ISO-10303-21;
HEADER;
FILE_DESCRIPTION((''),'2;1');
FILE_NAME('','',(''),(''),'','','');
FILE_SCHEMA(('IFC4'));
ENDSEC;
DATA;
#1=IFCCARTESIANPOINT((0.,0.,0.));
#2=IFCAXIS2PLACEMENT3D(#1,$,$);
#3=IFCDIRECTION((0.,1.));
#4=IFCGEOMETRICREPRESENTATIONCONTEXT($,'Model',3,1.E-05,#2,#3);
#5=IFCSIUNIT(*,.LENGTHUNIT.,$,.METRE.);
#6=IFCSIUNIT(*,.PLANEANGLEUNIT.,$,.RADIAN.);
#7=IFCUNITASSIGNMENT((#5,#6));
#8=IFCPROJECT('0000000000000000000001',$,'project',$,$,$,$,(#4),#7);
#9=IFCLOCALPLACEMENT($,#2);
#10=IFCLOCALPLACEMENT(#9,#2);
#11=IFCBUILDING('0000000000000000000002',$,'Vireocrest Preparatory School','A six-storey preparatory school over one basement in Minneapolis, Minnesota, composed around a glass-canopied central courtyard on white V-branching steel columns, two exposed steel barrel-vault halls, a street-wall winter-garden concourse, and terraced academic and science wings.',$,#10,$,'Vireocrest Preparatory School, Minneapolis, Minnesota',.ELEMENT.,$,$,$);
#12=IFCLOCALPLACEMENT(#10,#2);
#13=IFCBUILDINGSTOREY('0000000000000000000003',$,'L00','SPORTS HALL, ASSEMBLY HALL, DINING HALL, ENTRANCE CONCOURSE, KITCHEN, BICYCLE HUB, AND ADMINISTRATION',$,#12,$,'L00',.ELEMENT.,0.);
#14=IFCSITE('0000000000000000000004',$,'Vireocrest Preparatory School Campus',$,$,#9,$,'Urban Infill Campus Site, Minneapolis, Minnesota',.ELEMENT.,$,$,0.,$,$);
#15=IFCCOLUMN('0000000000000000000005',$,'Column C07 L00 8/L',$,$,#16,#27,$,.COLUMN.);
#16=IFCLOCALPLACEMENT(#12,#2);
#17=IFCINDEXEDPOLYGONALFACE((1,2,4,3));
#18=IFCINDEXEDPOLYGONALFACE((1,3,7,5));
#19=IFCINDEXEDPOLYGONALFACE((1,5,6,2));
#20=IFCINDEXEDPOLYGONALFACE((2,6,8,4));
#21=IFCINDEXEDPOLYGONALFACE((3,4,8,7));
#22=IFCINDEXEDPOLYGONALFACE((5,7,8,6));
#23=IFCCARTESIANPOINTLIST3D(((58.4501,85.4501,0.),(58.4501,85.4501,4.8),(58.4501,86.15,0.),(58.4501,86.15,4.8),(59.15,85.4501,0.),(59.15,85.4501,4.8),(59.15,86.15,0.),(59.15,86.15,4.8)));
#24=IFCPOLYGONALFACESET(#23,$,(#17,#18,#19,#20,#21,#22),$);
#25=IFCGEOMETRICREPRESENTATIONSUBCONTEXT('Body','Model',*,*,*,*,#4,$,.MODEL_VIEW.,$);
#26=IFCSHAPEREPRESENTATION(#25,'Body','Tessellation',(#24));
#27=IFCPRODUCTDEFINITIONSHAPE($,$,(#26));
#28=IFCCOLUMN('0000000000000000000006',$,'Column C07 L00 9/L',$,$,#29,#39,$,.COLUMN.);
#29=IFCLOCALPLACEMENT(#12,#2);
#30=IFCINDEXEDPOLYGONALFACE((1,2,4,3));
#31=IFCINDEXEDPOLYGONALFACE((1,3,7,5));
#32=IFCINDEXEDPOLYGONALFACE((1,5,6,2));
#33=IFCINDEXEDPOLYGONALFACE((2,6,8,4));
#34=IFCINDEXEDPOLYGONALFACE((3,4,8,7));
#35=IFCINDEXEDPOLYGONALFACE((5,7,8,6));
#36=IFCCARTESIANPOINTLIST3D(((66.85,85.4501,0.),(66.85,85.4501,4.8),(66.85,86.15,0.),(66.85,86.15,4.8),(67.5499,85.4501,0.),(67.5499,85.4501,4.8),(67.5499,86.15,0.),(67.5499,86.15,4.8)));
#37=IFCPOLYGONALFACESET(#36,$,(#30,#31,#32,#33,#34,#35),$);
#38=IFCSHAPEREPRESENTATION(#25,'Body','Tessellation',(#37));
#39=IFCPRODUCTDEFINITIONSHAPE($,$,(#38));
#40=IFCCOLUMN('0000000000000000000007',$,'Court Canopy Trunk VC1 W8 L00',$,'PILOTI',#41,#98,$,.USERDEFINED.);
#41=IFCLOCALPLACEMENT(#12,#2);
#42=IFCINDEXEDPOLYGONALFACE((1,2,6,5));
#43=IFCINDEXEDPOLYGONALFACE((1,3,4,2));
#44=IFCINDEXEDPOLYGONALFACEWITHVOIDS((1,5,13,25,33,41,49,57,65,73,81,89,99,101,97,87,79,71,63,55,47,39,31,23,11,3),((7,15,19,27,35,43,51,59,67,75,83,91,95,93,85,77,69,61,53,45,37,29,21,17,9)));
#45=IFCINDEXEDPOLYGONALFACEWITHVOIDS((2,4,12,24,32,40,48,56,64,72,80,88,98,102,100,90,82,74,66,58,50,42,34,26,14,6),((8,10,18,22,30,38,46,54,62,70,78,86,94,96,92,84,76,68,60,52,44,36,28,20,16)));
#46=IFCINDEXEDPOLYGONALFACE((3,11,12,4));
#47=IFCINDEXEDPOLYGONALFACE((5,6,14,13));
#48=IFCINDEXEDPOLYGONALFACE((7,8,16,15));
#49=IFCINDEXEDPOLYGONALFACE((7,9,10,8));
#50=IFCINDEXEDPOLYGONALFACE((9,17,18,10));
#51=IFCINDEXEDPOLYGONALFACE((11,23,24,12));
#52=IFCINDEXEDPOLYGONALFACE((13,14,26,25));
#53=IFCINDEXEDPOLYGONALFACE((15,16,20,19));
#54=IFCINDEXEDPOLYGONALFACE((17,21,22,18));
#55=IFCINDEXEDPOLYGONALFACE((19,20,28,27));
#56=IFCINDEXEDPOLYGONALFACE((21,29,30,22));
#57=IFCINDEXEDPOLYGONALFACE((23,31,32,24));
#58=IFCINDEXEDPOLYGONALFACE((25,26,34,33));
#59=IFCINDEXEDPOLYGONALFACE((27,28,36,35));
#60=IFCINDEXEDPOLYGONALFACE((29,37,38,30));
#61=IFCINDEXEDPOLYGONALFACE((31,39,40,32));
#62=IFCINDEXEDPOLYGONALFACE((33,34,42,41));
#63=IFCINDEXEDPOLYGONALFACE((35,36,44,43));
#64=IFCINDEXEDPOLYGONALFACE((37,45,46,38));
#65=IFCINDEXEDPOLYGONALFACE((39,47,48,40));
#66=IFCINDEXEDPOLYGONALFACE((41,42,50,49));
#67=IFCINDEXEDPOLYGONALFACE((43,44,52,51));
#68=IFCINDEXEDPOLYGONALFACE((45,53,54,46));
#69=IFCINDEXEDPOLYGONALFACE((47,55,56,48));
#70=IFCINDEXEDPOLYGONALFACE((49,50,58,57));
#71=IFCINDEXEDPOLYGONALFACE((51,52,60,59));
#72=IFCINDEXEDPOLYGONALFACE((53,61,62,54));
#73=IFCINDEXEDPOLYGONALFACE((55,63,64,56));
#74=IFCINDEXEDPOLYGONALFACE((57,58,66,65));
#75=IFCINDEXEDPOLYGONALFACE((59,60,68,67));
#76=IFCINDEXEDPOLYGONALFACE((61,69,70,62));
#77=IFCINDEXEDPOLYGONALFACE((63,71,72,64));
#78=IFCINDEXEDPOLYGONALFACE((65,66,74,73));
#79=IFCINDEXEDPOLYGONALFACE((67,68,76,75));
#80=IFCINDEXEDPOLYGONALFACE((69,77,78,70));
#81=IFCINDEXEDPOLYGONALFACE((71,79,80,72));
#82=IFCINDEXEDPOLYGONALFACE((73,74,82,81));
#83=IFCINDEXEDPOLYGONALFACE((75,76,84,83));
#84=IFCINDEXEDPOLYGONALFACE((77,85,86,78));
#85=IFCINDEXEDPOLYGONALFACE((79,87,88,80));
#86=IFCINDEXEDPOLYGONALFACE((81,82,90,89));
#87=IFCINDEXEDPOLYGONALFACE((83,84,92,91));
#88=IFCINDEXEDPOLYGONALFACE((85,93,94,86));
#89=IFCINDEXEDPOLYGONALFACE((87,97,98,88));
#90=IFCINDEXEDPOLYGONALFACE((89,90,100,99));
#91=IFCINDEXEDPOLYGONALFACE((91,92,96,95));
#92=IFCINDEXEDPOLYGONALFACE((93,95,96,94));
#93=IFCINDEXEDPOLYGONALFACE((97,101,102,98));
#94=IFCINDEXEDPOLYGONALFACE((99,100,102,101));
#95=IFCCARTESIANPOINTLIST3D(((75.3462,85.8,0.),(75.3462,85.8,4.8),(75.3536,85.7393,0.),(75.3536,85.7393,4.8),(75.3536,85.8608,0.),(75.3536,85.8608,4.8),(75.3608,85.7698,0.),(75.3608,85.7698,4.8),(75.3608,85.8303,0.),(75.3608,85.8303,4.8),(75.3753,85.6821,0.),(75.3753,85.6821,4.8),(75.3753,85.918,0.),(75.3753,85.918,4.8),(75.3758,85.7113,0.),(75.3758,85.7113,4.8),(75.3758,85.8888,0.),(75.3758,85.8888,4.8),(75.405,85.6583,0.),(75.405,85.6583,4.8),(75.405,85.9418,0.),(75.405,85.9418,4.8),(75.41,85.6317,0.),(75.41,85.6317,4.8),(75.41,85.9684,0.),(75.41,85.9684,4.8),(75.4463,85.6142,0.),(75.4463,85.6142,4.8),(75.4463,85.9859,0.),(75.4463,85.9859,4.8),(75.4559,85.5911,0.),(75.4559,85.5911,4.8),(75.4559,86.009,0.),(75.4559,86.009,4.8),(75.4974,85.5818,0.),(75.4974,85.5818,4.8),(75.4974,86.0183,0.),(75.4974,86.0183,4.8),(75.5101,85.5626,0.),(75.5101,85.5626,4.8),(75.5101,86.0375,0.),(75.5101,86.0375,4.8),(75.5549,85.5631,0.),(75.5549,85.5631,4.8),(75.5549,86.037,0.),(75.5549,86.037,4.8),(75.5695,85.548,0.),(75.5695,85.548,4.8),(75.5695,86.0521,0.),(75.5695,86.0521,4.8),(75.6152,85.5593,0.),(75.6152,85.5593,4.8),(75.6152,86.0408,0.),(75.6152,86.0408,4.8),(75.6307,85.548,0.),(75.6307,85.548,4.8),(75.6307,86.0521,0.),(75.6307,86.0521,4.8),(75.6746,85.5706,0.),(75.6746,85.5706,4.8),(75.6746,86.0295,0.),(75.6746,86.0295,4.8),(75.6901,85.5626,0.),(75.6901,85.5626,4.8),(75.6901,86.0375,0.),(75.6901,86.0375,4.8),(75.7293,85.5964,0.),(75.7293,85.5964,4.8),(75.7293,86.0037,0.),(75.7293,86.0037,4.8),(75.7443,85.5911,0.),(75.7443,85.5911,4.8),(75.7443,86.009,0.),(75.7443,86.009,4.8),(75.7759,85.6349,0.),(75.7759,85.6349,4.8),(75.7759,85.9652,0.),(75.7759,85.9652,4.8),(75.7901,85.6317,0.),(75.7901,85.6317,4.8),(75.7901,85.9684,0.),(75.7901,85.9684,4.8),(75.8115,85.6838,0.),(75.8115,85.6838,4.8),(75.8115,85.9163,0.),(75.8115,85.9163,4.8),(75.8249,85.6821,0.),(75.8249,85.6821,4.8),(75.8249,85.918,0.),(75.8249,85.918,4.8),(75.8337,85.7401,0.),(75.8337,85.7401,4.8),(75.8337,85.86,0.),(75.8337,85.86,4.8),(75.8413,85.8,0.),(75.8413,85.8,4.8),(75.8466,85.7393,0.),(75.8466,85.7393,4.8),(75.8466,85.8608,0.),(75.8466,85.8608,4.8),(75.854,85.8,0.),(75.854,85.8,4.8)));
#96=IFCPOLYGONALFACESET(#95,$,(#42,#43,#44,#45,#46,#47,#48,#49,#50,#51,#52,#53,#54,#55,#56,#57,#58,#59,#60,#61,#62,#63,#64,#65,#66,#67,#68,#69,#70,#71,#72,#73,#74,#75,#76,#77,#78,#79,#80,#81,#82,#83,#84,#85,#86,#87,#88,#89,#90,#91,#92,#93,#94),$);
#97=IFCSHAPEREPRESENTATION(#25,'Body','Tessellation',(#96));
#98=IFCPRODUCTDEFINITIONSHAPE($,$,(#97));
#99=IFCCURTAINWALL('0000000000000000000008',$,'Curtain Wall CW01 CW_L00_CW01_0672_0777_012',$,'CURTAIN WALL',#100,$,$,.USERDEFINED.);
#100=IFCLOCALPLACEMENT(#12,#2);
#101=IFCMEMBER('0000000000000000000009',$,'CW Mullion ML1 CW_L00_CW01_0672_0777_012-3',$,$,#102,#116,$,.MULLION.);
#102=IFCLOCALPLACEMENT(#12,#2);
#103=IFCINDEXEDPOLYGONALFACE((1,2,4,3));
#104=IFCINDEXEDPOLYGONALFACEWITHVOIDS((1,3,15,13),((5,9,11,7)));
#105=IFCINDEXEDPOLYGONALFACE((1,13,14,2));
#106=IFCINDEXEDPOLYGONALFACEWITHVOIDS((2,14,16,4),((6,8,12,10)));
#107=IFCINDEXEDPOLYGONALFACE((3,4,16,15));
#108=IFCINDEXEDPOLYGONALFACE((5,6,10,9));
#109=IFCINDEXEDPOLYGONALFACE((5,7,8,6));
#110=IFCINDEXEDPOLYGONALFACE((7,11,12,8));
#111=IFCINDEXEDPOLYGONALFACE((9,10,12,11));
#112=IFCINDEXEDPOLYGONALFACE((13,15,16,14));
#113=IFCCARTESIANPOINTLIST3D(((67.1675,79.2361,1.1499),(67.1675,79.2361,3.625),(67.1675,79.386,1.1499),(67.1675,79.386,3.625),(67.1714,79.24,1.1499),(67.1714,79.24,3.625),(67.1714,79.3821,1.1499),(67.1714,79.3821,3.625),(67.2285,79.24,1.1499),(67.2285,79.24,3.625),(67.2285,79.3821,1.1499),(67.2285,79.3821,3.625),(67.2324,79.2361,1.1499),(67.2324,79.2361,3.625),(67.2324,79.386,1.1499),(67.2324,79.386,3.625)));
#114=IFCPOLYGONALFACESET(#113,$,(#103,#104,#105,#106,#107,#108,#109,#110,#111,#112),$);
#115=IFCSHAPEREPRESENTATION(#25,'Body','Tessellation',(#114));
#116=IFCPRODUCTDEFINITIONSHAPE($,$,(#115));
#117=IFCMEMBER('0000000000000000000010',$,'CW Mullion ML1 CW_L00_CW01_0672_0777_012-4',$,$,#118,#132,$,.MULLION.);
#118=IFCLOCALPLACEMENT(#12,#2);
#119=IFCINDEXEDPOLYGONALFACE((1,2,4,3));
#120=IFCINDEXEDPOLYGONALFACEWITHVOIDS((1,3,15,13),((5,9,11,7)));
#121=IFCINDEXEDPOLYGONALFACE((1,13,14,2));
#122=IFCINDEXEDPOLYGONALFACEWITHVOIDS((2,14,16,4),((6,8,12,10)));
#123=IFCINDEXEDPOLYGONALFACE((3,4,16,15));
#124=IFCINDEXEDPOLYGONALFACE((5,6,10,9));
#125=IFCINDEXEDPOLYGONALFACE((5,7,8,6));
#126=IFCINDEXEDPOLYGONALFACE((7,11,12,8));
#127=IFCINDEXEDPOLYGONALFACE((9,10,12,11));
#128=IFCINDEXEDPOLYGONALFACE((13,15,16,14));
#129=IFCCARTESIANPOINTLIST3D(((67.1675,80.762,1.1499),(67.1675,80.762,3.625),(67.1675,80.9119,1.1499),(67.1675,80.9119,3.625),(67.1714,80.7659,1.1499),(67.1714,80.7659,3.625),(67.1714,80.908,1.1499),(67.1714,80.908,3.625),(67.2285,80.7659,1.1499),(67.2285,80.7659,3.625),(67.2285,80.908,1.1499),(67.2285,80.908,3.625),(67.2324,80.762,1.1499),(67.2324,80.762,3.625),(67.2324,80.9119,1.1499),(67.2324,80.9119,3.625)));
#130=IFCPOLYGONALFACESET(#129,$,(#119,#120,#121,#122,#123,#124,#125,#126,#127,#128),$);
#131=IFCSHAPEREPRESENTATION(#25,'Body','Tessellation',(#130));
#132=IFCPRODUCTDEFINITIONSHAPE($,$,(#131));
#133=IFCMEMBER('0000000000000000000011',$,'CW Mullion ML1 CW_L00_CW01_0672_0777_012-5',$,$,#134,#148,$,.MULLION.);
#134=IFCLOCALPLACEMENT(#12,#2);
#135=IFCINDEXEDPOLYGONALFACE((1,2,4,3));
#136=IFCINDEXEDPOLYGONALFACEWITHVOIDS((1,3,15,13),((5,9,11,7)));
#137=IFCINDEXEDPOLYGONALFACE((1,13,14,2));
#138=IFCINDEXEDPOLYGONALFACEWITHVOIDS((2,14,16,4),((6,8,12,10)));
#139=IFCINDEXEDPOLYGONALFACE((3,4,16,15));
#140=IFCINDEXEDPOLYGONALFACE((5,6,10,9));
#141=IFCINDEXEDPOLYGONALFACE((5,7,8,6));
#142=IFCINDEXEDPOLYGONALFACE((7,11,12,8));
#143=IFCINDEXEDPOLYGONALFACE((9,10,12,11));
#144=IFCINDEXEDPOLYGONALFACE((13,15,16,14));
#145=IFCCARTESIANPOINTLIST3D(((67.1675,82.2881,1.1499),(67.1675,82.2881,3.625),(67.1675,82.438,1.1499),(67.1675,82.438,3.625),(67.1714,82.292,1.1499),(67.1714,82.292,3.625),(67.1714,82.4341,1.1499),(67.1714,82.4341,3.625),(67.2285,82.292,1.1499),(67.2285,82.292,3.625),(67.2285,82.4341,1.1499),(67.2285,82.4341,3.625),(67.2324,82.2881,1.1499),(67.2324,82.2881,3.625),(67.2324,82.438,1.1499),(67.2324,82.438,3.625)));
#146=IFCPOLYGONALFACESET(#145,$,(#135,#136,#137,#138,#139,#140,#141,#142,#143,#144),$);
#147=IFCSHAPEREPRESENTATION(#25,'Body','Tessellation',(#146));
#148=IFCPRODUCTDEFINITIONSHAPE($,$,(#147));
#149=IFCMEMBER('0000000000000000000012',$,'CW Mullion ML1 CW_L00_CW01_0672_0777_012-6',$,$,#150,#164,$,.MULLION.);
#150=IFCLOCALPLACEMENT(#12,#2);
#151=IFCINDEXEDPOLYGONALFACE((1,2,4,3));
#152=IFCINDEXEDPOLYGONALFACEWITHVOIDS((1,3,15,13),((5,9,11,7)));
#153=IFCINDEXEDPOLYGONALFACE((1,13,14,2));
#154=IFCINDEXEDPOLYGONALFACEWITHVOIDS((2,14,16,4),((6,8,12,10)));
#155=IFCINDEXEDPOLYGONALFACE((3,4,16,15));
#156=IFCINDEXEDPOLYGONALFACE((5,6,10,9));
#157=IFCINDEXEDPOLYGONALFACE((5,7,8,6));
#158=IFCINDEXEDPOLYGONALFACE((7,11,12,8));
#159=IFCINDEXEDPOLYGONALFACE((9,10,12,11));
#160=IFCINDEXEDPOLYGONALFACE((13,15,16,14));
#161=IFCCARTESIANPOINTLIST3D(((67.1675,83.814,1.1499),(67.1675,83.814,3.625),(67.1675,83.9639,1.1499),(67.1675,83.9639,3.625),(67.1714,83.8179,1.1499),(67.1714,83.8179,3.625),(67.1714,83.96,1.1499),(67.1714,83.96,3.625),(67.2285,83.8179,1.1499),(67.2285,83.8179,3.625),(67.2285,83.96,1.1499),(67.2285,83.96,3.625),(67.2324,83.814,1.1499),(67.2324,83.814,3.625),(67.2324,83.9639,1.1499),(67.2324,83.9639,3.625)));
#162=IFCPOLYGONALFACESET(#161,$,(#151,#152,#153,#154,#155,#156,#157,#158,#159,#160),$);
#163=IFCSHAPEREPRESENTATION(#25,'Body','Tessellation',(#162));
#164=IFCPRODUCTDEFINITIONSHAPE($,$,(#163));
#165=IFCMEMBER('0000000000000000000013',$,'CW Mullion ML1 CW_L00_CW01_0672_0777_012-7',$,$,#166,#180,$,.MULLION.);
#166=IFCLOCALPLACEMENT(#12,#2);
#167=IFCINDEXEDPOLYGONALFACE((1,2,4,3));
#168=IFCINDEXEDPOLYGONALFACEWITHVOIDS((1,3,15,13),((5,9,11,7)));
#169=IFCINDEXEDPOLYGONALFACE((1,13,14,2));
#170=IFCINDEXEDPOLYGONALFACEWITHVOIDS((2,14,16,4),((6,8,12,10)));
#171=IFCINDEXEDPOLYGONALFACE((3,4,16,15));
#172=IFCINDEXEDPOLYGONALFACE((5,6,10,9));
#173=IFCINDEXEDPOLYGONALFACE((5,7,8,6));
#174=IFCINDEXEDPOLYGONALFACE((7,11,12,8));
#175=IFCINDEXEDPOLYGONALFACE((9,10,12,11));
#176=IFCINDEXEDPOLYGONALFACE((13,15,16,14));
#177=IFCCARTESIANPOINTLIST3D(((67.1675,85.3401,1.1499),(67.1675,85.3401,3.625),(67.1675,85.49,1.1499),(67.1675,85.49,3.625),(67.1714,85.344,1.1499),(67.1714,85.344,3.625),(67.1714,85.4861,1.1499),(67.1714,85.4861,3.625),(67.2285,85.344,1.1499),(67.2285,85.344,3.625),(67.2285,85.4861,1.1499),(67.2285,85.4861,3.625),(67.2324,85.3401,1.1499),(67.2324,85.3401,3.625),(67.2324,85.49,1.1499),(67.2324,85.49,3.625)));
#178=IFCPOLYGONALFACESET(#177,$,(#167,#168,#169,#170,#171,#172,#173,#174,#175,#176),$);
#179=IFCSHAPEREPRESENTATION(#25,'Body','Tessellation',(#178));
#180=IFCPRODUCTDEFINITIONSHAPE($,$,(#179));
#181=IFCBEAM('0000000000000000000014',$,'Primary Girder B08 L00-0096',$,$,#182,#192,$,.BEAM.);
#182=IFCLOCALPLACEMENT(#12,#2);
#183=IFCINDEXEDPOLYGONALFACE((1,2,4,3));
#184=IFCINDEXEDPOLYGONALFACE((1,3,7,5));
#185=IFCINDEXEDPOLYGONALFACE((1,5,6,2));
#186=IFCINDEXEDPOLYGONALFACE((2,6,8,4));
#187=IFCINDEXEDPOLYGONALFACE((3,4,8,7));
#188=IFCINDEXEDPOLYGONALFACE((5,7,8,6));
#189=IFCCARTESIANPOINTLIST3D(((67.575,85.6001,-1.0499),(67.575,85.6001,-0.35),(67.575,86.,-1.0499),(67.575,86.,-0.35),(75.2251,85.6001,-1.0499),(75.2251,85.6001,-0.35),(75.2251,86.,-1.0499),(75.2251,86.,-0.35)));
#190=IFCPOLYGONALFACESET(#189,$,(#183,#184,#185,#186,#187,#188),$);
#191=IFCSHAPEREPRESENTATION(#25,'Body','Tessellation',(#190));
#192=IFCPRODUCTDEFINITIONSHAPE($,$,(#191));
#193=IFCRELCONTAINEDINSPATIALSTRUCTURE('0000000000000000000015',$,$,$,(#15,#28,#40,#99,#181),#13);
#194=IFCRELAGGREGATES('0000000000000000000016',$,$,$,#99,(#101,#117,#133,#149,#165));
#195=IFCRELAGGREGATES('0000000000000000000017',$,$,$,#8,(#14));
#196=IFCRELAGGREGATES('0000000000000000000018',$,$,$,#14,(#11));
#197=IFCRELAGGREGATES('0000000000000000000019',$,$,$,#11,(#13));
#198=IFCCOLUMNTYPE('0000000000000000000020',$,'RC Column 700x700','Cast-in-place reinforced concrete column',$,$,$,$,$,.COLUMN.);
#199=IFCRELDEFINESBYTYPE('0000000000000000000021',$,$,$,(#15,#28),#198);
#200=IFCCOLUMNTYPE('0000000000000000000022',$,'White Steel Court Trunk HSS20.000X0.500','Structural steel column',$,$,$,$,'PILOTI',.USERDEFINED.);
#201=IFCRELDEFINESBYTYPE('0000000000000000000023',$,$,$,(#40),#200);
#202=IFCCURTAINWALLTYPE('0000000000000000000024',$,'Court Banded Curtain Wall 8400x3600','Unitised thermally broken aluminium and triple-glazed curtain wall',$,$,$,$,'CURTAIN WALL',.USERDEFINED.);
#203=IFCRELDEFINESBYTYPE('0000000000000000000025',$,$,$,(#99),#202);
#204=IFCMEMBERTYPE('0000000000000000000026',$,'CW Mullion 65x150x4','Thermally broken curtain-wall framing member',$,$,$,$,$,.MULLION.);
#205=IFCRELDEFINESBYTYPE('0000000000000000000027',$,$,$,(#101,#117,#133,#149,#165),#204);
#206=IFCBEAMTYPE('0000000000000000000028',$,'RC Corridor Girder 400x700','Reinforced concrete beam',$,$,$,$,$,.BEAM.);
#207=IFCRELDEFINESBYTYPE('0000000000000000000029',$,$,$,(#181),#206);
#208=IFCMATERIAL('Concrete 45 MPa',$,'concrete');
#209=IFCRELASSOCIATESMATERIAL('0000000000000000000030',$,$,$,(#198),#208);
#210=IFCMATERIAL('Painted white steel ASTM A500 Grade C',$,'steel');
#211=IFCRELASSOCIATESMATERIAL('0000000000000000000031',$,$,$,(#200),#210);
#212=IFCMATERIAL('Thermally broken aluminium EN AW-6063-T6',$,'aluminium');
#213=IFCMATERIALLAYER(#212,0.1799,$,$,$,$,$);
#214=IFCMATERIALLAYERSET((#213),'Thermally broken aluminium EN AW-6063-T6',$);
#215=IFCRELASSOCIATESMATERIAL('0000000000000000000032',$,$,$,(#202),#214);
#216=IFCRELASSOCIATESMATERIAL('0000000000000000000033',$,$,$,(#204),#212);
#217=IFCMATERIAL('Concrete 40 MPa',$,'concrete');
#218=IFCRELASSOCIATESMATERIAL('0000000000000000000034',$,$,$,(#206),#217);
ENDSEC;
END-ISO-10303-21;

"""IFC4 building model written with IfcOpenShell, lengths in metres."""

from ifc_helpers import new_model, si_unit, direction, frame, origin, origin_2d, place, context, subcontext, project, spatial, rectangle, hollow_rectangle, hollow_circle, extrude, material, layer, layer_set, material_profile, profile_set, type_object, element, aggregate, save


model = new_model("IFC4")

# Units and contexts
model_context = context("Model", 3, precision=1e-05, world=origin(), true_north=direction((0.0, 1.0)))
body_context = subcontext(model_context, "Body", "Model", "MODEL_VIEW")
ifc_project = project(units=[si_unit("LENGTHUNIT", "METRE"), si_unit("PLANEANGLEUNIT", "RADIAN")], contexts=[model_context])

# Site, building, storey
site_placement = place(None, origin())
site = spatial("IfcSite", under=ifc_project, at=site_placement, Name="Vireocrest Preparatory School Campus", LongName="Urban Infill Campus Site, Minneapolis, Minnesota", CompositionType="ELEMENT", RefElevation=0.0)
building_placement = place(site_placement, origin())
building = spatial("IfcBuilding", under=site, at=building_placement, Name="Vireocrest Preparatory School", Description="A six-storey preparatory school over one basement in Minneapolis, Minnesota, composed around a glass-canopied central courtyard on white V-branching steel columns, two exposed steel barrel-vault halls, a street-wall winter-garden concourse, and terraced academic and science wings.", LongName="Vireocrest Preparatory School, Minneapolis, Minnesota", CompositionType="ELEMENT")
storey_placement = place(building_placement, origin())
storey = spatial("IfcBuildingStorey", under=building, at=storey_placement, Name="L00", Description="SPORTS HALL, ASSEMBLY HALL, DINING HALL, ENTRANCE CONCOURSE, KITCHEN, BICYCLE HUB, AND ADMINISTRATION", LongName="L00", CompositionType="ELEMENT", Elevation=0.0)

# Columns
ifc_material_1 = material(Name="Concrete 45 MPa", Category="concrete")
ifc_material_profile_1 = material_profile(ifc_material_1, rectangle(XDim=0.7, YDim=0.7, at=origin_2d()), Name="RC 700x700")
ifc_profile_set_1 = profile_set([ifc_material_profile_1], Name="Concrete 45 MPa")
column_type_1 = type_object("IfcColumnType", Name="RC Column 700x700", Description="Cast-in-place reinforced concrete column", PredefinedType="COLUMN", material=ifc_profile_set_1)
for number, where, z_axis, x_axis, name in (
    (1, (58.8, 85.8, 0.0), (0.0, 0.0, 1.0), (1.0, 0.0, 0.0), "Column C07 L00 8/L"),
    (2, (67.2, 85.8, 0.0), (0.0, 0.0, 1.0), (1.0, 0.0, 0.0), "Column C07 L00 9/L"),
):
    element("IfcColumn", number, at=place(storey_placement, frame(where, z_axis=z_axis, x_axis=x_axis)), inside=storey, type_object=column_type_1, Name=name, PredefinedType="COLUMN", context=body_context, shape_type="SweptSolid", body=[
        extrude(rectangle(XDim=0.7, YDim=0.7, at=origin_2d()), origin(), (0.0, 0.0, 1.0), 4.8),
    ])
ifc_material_2 = material(Name="Painted white steel ASTM A500 Grade C", Category="steel")
ifc_material_profile_2 = material_profile(ifc_material_2, hollow_circle(Radius=0.2539, WallThickness=0.0127, at=origin_2d()), Name="HSS20.000X0.500")
ifc_profile_set_2 = profile_set([ifc_material_profile_2], Name="Painted white steel ASTM A500 Grade C")
column_type_2 = type_object("IfcColumnType", Name="White Steel Court Trunk HSS20.000X0.500", Description="Structural steel column", ElementType="PILOTI", PredefinedType="USERDEFINED", material=ifc_profile_set_2)
column_placement = place(storey_placement, frame((75.6001, 85.8, 0.0), z_axis=(0.0, 0.0, 1.0), x_axis=(1.0, 0.0, 0.0)))
element("IfcColumn", 3, at=column_placement, inside=storey, type_object=column_type_2, Name="Court Canopy Trunk VC1 W8 L00", ObjectType="PILOTI", PredefinedType="USERDEFINED", context=body_context, shape_type="SweptSolid", body=[
    extrude(hollow_circle(Radius=0.2539, WallThickness=0.0127, at=origin_2d()), origin(), (0.0, 0.0, 1.0), 4.8),
])

# Curtain wall, members
ifc_material_3 = material(Name="Thermally broken aluminium EN AW-6063-T6", Category="aluminium")
ifc_layer_1 = layer(ifc_material_3, 0.1799)
ifc_layer_set_1 = layer_set([ifc_layer_1], Name="Thermally broken aluminium EN AW-6063-T6")
curtain_wall_type = type_object("IfcCurtainWallType", Name="Court Banded Curtain Wall 8400x3600", Description="Unitised thermally broken aluminium and triple-glazed curtain wall", ElementType="CURTAIN WALL", PredefinedType="USERDEFINED", material=ifc_layer_set_1)
curtain_wall_placement = place(storey_placement, origin())
curtain_wall = element("IfcCurtainWall", 4, at=curtain_wall_placement, inside=storey, type_object=curtain_wall_type, Name="Curtain Wall CW01 CW_L00_CW01_0672_0777_012", ObjectType="CURTAIN WALL", PredefinedType="USERDEFINED")
ifc_material_profile_3 = material_profile(ifc_material_3, hollow_rectangle(XDim=0.0649, YDim=0.1499, WallThickness=0.0039, at=origin_2d()), Name="ALU 65x150x4")
ifc_profile_set_3 = profile_set([ifc_material_profile_3], Name="Thermally broken aluminium EN AW-6063-T6")
member_type = type_object("IfcMemberType", Name="CW Mullion 65x150x4", Description="Thermally broken curtain-wall framing member", PredefinedType="MULLION", material=ifc_profile_set_3)
member_1_placement = place(storey_placement, frame((67.2, 79.311, 1.1499), z_axis=(0.0, 0.0, 1.0), x_axis=(1.0, 0.0, 0.0)))
member_1 = element("IfcMember", 5, at=member_1_placement, type_object=member_type, Name="CW Mullion ML1 CW_L00_CW01_0672_0777_012-3", PredefinedType="MULLION", context=body_context, shape_type="SweptSolid", body=[
    extrude(hollow_rectangle(XDim=0.0649, YDim=0.1499, WallThickness=0.0039, at=origin_2d()), origin(), (0.0, 0.0, 1.0), 2.4751),
])
member_2_placement = place(storey_placement, frame((67.2, 80.8369, 1.1499), z_axis=(0.0, 0.0, 1.0), x_axis=(1.0, 0.0, 0.0)))
member_2 = element("IfcMember", 6, at=member_2_placement, type_object=member_type, Name="CW Mullion ML1 CW_L00_CW01_0672_0777_012-4", PredefinedType="MULLION", context=body_context, shape_type="SweptSolid", body=[
    extrude(hollow_rectangle(XDim=0.0649, YDim=0.1499, WallThickness=0.0039, at=origin_2d()), origin(), (0.0, 0.0, 1.0), 2.4751),
])
member_3_placement = place(storey_placement, frame((67.2, 82.363, 1.1499), z_axis=(0.0, 0.0, 1.0), x_axis=(1.0, 0.0, 0.0)))
member_3 = element("IfcMember", 7, at=member_3_placement, type_object=member_type, Name="CW Mullion ML1 CW_L00_CW01_0672_0777_012-5", PredefinedType="MULLION", context=body_context, shape_type="SweptSolid", body=[
    extrude(hollow_rectangle(XDim=0.0649, YDim=0.1499, WallThickness=0.0039, at=origin_2d()), origin(), (0.0, 0.0, 1.0), 2.4751),
])
member_4_placement = place(storey_placement, frame((67.2, 83.8889, 1.1499), z_axis=(0.0, 0.0, 1.0), x_axis=(1.0, 0.0, 0.0)))
member_4 = element("IfcMember", 8, at=member_4_placement, type_object=member_type, Name="CW Mullion ML1 CW_L00_CW01_0672_0777_012-6", PredefinedType="MULLION", context=body_context, shape_type="SweptSolid", body=[
    extrude(hollow_rectangle(XDim=0.0649, YDim=0.1499, WallThickness=0.0039, at=origin_2d()), origin(), (0.0, 0.0, 1.0), 2.4751),
])
member_5_placement = place(storey_placement, frame((67.2, 85.415, 1.1499), z_axis=(0.0, 0.0, 1.0), x_axis=(1.0, 0.0, 0.0)))
member_5 = element("IfcMember", 9, at=member_5_placement, type_object=member_type, Name="CW Mullion ML1 CW_L00_CW01_0672_0777_012-7", PredefinedType="MULLION", context=body_context, shape_type="SweptSolid", body=[
    extrude(hollow_rectangle(XDim=0.0649, YDim=0.1499, WallThickness=0.0039, at=origin_2d()), origin(), (0.0, 0.0, 1.0), 2.4751),
])

# Beam
ifc_material_4 = material(Name="Concrete 40 MPa", Category="concrete")
ifc_material_profile_4 = material_profile(ifc_material_4, rectangle(XDim=0.3999, YDim=0.7, at=origin_2d()), Name="RC 400x700")
ifc_profile_set_4 = profile_set([ifc_material_profile_4], Name="Concrete 40 MPa")
beam_type_1 = type_object("IfcBeamType", Name="RC Corridor Girder 400x700", Description="Reinforced concrete beam", PredefinedType="BEAM", material=ifc_profile_set_4)
beam_1_placement = place(storey_placement, frame((67.575, 85.8, -0.7), z_axis=(1.0, 0.0, 0.0), x_axis=(0.0, 1.0, 0.0)))
element("IfcBeam", 10, at=beam_1_placement, inside=storey, type_object=beam_type_1, Name="Primary Girder B08 L00-0096", PredefinedType="BEAM", context=body_context, shape_type="SweptSolid", body=[
    extrude(rectangle(XDim=0.3999, YDim=0.7, at=origin_2d()), origin(), (0.0, 0.0, 1.0), 7.6501),
])

aggregate(curtain_wall, [member_1, member_2, member_3, member_4, member_5])

save(model, "model.ifc")
